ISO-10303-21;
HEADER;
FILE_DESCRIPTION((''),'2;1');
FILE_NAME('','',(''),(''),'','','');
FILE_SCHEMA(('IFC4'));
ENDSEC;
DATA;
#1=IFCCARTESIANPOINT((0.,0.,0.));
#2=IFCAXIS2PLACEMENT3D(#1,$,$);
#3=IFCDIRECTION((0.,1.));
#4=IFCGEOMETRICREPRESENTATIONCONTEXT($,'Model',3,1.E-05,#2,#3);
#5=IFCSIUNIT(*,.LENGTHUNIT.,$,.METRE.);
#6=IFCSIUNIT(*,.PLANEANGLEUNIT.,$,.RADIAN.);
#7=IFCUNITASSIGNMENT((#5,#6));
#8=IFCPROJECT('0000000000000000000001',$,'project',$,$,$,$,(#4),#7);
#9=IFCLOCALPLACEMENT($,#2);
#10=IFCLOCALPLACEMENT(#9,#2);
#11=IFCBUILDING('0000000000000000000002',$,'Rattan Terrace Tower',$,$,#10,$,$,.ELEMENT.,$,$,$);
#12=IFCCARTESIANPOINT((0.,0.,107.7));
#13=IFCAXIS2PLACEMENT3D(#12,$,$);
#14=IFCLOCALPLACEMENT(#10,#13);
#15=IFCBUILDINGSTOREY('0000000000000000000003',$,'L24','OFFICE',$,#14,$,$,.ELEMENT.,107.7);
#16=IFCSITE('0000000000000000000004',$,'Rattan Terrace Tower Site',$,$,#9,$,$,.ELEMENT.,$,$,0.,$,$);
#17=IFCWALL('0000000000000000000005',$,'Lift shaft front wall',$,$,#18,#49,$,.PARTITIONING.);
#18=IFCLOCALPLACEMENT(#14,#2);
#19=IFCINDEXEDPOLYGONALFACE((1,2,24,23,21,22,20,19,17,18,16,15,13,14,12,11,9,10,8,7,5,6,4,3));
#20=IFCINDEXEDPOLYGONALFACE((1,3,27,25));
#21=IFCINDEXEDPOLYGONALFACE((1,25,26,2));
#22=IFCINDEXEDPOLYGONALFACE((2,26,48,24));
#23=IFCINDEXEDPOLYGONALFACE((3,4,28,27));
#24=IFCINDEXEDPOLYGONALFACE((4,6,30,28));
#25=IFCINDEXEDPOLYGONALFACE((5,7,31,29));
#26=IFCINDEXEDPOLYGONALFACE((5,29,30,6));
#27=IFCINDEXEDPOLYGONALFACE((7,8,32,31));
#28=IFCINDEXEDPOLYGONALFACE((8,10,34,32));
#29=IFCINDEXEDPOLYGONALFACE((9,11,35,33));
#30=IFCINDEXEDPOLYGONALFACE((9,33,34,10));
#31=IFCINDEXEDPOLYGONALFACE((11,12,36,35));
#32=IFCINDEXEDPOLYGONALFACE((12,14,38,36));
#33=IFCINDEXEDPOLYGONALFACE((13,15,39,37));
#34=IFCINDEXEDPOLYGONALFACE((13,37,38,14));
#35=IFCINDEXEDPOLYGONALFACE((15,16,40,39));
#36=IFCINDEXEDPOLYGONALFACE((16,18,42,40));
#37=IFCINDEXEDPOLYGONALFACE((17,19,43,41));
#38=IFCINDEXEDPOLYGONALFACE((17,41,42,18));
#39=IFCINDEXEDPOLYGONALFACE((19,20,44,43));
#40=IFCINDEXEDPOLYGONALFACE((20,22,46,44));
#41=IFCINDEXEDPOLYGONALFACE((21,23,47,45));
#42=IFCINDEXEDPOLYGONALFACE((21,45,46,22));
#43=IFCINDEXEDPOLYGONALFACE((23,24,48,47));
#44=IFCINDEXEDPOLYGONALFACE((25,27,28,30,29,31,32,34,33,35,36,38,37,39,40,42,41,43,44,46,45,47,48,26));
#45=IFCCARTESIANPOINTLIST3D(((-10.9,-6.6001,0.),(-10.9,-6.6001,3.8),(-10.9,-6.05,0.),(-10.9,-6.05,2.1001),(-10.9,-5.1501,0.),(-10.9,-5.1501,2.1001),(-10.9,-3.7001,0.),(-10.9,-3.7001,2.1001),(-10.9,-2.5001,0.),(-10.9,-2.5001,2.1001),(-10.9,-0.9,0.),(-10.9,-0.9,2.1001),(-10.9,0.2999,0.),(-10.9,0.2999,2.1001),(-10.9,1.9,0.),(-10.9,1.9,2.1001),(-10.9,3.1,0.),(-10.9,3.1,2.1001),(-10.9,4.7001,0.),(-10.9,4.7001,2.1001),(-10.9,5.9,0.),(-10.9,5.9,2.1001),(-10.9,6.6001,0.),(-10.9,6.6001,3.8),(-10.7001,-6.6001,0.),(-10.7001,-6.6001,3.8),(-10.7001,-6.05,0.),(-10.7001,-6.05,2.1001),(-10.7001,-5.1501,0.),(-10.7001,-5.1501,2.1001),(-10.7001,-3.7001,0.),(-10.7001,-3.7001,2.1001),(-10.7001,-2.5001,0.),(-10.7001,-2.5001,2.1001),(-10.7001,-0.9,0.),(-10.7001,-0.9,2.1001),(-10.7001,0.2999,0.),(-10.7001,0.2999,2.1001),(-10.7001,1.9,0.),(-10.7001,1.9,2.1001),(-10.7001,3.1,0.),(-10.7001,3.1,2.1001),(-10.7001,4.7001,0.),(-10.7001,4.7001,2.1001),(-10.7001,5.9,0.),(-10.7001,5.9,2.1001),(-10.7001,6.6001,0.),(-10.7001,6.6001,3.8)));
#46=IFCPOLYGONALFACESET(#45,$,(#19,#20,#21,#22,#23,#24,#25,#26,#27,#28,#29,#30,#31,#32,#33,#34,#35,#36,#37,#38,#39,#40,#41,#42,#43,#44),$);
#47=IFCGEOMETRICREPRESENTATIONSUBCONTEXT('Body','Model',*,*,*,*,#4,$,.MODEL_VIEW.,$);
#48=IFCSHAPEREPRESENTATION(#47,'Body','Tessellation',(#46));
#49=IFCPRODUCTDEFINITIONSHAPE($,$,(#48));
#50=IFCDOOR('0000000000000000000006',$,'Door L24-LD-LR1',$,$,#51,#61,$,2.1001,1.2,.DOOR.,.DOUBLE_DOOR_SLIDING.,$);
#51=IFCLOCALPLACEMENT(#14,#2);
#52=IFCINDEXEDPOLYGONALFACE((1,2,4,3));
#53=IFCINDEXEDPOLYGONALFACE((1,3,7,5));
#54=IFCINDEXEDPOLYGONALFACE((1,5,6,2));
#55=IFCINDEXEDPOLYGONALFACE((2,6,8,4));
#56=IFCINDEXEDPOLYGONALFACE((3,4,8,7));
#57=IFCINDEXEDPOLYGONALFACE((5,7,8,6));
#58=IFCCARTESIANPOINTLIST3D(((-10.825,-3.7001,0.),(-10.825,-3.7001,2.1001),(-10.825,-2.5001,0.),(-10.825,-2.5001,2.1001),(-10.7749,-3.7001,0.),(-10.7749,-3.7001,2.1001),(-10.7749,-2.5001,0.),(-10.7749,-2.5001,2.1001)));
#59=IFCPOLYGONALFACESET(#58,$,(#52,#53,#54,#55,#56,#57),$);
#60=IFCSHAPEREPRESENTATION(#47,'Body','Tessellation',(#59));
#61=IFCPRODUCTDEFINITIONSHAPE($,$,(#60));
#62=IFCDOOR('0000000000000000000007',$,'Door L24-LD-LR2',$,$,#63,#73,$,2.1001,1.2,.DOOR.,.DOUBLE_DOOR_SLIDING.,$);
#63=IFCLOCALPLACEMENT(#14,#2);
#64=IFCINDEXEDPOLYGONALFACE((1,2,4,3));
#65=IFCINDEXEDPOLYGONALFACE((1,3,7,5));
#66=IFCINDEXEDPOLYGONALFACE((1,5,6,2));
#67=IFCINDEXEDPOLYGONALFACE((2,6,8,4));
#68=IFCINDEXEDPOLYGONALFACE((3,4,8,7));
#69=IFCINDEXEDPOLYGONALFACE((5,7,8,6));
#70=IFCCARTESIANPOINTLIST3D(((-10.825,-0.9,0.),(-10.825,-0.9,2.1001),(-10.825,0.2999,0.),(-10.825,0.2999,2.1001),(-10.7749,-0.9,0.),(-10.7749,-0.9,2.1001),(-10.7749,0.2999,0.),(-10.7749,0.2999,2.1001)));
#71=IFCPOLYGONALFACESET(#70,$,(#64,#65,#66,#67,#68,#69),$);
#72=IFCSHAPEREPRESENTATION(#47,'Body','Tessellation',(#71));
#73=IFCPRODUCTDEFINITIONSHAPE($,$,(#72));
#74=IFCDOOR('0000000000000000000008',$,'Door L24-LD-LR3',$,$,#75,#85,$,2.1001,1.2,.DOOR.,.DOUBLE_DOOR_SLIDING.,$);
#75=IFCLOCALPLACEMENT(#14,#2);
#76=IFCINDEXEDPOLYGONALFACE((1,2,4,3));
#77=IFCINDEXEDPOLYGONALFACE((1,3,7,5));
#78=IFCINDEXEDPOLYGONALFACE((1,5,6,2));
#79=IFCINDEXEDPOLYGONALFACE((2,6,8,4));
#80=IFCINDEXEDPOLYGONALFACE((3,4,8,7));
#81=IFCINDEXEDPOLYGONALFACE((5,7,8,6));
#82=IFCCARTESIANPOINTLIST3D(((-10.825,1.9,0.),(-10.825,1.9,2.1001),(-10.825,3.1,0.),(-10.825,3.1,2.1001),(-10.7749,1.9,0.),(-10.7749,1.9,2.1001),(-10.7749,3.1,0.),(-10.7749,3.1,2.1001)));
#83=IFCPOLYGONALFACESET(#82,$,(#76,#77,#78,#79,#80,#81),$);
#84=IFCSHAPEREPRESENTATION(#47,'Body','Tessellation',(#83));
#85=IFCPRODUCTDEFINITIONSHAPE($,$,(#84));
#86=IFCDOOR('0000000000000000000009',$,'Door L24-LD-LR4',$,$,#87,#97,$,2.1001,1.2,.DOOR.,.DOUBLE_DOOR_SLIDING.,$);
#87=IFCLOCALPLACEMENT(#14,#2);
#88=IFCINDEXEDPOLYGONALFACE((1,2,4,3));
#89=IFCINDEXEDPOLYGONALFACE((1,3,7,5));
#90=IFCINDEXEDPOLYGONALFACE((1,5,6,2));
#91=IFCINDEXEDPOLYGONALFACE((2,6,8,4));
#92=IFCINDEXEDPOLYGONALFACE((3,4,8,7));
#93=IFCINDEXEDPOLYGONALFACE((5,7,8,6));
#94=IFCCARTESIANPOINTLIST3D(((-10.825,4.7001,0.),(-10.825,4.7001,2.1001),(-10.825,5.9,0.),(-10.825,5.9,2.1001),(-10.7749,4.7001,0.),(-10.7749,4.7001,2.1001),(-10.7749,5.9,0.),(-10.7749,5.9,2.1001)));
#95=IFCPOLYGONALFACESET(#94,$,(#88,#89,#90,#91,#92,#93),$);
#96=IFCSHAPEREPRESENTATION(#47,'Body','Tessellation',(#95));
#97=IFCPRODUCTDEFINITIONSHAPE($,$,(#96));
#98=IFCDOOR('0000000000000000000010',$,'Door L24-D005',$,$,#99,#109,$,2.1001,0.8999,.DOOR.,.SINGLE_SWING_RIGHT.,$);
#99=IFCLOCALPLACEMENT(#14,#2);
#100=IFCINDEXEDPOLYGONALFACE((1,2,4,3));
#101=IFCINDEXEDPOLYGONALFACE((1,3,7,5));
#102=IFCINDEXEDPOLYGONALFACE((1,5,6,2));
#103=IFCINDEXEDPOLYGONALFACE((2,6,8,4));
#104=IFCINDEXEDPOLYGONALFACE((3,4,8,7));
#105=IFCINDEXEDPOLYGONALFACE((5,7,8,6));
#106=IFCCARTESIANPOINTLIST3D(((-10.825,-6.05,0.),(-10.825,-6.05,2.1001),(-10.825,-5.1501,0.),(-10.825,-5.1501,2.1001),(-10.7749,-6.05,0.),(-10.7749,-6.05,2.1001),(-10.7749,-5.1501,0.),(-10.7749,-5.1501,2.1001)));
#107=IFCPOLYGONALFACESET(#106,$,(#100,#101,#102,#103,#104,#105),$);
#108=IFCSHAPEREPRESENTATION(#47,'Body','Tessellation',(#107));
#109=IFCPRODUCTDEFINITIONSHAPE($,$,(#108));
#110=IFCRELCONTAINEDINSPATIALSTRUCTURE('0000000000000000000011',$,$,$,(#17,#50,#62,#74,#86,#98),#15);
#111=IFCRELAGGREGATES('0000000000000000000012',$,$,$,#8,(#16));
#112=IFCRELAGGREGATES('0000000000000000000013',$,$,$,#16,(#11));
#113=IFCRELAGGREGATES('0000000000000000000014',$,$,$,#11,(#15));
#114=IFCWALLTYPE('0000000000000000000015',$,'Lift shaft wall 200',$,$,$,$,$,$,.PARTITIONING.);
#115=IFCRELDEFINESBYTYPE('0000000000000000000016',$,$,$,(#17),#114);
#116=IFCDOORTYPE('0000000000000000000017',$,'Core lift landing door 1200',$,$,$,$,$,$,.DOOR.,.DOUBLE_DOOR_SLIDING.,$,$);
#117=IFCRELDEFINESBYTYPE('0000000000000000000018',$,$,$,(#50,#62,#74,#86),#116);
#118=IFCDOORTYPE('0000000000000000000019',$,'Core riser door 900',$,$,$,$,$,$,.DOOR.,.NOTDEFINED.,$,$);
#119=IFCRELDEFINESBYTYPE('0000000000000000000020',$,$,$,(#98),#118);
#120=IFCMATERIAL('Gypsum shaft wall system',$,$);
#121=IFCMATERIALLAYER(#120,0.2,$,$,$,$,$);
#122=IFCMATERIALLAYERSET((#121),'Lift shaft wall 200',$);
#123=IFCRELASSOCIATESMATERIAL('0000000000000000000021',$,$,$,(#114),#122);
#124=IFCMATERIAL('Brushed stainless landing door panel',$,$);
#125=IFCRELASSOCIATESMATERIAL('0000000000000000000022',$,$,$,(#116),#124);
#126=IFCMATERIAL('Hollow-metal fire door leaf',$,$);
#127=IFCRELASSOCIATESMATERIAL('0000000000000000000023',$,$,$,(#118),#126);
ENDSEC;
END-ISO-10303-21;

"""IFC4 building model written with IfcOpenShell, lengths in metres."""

from ifc_helpers import new_model, si_unit, direction, frame, frame_2d, origin, place, context, subcontext, project, spatial, rectangle, extrude, material, layer, layer_set, type_object, element, fill, save


model = new_model("IFC4")

# Units and contexts
model_context = context("Model", 3, precision=1e-05, world=origin(), true_north=direction((0.0, 1.0)))
body_context = subcontext(model_context, "Body", "Model", "MODEL_VIEW")
ifc_project = project(units=[si_unit("LENGTHUNIT", "METRE"), si_unit("PLANEANGLEUNIT", "RADIAN")], contexts=[model_context])

# Site, building, storey
site_placement = place(None, origin())
site = spatial("IfcSite", under=ifc_project, at=site_placement, Name="Rattan Terrace Tower Site", CompositionType="ELEMENT", RefElevation=0.0)
building_placement = place(site_placement, origin())
building = spatial("IfcBuilding", under=site, at=building_placement, Name="Rattan Terrace Tower", CompositionType="ELEMENT")
storey_placement = place(building_placement, frame((0.0, 0.0, 107.7)))
storey = spatial("IfcBuildingStorey", under=building, at=storey_placement, Name="L24", Description="OFFICE", CompositionType="ELEMENT", Elevation=107.7)

# Wall, openings, doors
ifc_material_1 = material(Name="Gypsum shaft wall system")
ifc_layer_1 = layer(ifc_material_1, 0.2)
ifc_layer_set_1 = layer_set([ifc_layer_1], Name="Lift shaft wall 200")
wall_type_1 = type_object("IfcWallType", Name="Lift shaft wall 200", PredefinedType="PARTITIONING", material=ifc_layer_set_1)
wall_1_placement = place(storey_placement, frame((-10.8, -6.6001, 0.0), z_axis=(0.0, 0.0, 1.0), x_axis=(0.0, 1.0, 0.0)))
wall_1 = element("IfcWall", 1, at=wall_1_placement, inside=storey, type_object=wall_type_1, Name="Lift shaft front wall", PredefinedType="PARTITIONING", context=body_context, shape_type="SweptSolid", body=[
    extrude(rectangle(XDim=13.2002, YDim=0.2, at=frame_2d((6.6001, 0.0))), origin(), (0.0, 0.0, 1.0), 3.8),
])
opening_1_placement = place(wall_1_placement, frame((0.55, 0.0, 0.0)))
opening_1 = element("IfcOpeningElement", 2, at=opening_1_placement, cuts=wall_1, PredefinedType="OPENING", context=body_context, shape_type="SweptSolid", body=[
    extrude(rectangle(XDim=0.8999, YDim=2.1001, at=frame_2d((0.45, 1.05))), frame((0.0, 0.1106, 0.0), z_axis=(0.0, -1.0, 0.0), x_axis=(1.0, 0.0, 0.0)), (0.0, 0.0, 1.0), 0.2209),
])
opening_2_placement = place(wall_1_placement, frame((2.8999, 0.0, 0.0)))
opening_2 = element("IfcOpeningElement", 3, at=opening_2_placement, cuts=wall_1, PredefinedType="OPENING", context=body_context, shape_type="SweptSolid", body=[
    extrude(rectangle(XDim=1.2, YDim=2.1001, at=frame_2d((0.6001, 1.05))), frame((0.0, 0.1106, 0.0), z_axis=(0.0, -1.0, 0.0), x_axis=(1.0, 0.0, 0.0)), (0.0, 0.0, 1.0), 0.2209),
])
opening_3_placement = place(wall_1_placement, frame((5.7, 0.0, 0.0)))
opening_3 = element("IfcOpeningElement", 4, at=opening_3_placement, cuts=wall_1, PredefinedType="OPENING", context=body_context, shape_type="SweptSolid", body=[
    extrude(rectangle(XDim=1.2, YDim=2.1001, at=frame_2d((0.6001, 1.05))), frame((0.0, 0.1106, 0.0), z_axis=(0.0, -1.0, 0.0), x_axis=(1.0, 0.0, 0.0)), (0.0, 0.0, 1.0), 0.2209),
])
opening_4_placement = place(wall_1_placement, frame((8.5, 0.0, 0.0)))
opening_4 = element("IfcOpeningElement", 5, at=opening_4_placement, cuts=wall_1, PredefinedType="OPENING", context=body_context, shape_type="SweptSolid", body=[
    extrude(rectangle(XDim=1.2, YDim=2.1001, at=frame_2d((0.6001, 1.05))), frame((0.0, 0.1106, 0.0), z_axis=(0.0, -1.0, 0.0), x_axis=(1.0, 0.0, 0.0)), (0.0, 0.0, 1.0), 0.2209),
])
opening_5_placement = place(wall_1_placement, frame((11.3, 0.0, 0.0)))
opening_5 = element("IfcOpeningElement", 6, at=opening_5_placement, cuts=wall_1, PredefinedType="OPENING", context=body_context, shape_type="SweptSolid", body=[
    extrude(rectangle(XDim=1.2, YDim=2.1001, at=frame_2d((0.6001, 1.05))), frame((0.0, 0.1106, 0.0), z_axis=(0.0, -1.0, 0.0), x_axis=(1.0, 0.0, 0.0)), (0.0, 0.0, 1.0), 0.2209),
])
ifc_material_2 = material(Name="Brushed stainless landing door panel")
door_type_1 = type_object("IfcDoorType", Name="Core lift landing door 1200", OperationType="DOUBLE_DOOR_SLIDING", PredefinedType="DOOR", material=ifc_material_2)
door_1_placement = place(opening_2_placement, origin())
door_1 = element("IfcDoor", 7, at=door_1_placement, inside=storey, type_object=door_type_1, Name="Door L24-LD-LR1", OperationType="DOUBLE_DOOR_SLIDING", OverallHeight=2.1001, OverallWidth=1.2, PredefinedType="DOOR", context=body_context, shape_type="SweptSolid", body=[
    extrude(rectangle(XDim=1.2, YDim=2.1001, at=frame_2d((0.6001, 1.05))), frame((0.0, 0.0249, 0.0), z_axis=(0.0, -1.0, 0.0), x_axis=(1.0, 0.0, 0.0)), (0.0, 0.0, 1.0), 0.05),
])
fill(opening_2, door_1)
door_2_placement = place(opening_3_placement, origin())
door_2 = element("IfcDoor", 8, at=door_2_placement, inside=storey, type_object=door_type_1, Name="Door L24-LD-LR2", OperationType="DOUBLE_DOOR_SLIDING", OverallHeight=2.1001, OverallWidth=1.2, PredefinedType="DOOR", context=body_context, shape_type="SweptSolid", body=[
    extrude(rectangle(XDim=1.2, YDim=2.1001, at=frame_2d((0.6001, 1.05))), frame((0.0, 0.0249, 0.0), z_axis=(0.0, -1.0, 0.0), x_axis=(1.0, 0.0, 0.0)), (0.0, 0.0, 1.0), 0.05),
])
fill(opening_3, door_2)
door_3_placement = place(opening_4_placement, origin())
door_3 = element("IfcDoor", 9, at=door_3_placement, inside=storey, type_object=door_type_1, Name="Door L24-LD-LR3", OperationType="DOUBLE_DOOR_SLIDING", OverallHeight=2.1001, OverallWidth=1.2, PredefinedType="DOOR", context=body_context, shape_type="SweptSolid", body=[
    extrude(rectangle(XDim=1.2, YDim=2.1001, at=frame_2d((0.6001, 1.05))), frame((0.0, 0.0249, 0.0), z_axis=(0.0, -1.0, 0.0), x_axis=(1.0, 0.0, 0.0)), (0.0, 0.0, 1.0), 0.05),
])
fill(opening_4, door_3)
door_4_placement = place(opening_5_placement, origin())
door_4 = element("IfcDoor", 10, at=door_4_placement, inside=storey, type_object=door_type_1, Name="Door L24-LD-LR4", OperationType="DOUBLE_DOOR_SLIDING", OverallHeight=2.1001, OverallWidth=1.2, PredefinedType="DOOR", context=body_context, shape_type="SweptSolid", body=[
    extrude(rectangle(XDim=1.2, YDim=2.1001, at=frame_2d((0.6001, 1.05))), frame((0.0, 0.0249, 0.0), z_axis=(0.0, -1.0, 0.0), x_axis=(1.0, 0.0, 0.0)), (0.0, 0.0, 1.0), 0.05),
])
fill(opening_5, door_4)
ifc_material_3 = material(Name="Hollow-metal fire door leaf")
door_type_2 = type_object("IfcDoorType", Name="Core riser door 900", OperationType="NOTDEFINED", PredefinedType="DOOR", material=ifc_material_3)
door_5_placement = place(opening_1_placement, origin())
door_5 = element("IfcDoor", 11, at=door_5_placement, inside=storey, type_object=door_type_2, Name="Door L24-D005", OperationType="SINGLE_SWING_RIGHT", OverallHeight=2.1001, OverallWidth=0.8999, PredefinedType="DOOR", context=body_context, shape_type="SweptSolid", body=[
    extrude(rectangle(XDim=0.8999, YDim=2.1001, at=frame_2d((0.45, 1.05))), frame((0.0, 0.0249, 0.0), z_axis=(0.0, -1.0, 0.0), x_axis=(1.0, 0.0, 0.0)), (0.0, 0.0, 1.0), 0.05),
])
fill(opening_1, door_5)

save(model, "model.ifc")
